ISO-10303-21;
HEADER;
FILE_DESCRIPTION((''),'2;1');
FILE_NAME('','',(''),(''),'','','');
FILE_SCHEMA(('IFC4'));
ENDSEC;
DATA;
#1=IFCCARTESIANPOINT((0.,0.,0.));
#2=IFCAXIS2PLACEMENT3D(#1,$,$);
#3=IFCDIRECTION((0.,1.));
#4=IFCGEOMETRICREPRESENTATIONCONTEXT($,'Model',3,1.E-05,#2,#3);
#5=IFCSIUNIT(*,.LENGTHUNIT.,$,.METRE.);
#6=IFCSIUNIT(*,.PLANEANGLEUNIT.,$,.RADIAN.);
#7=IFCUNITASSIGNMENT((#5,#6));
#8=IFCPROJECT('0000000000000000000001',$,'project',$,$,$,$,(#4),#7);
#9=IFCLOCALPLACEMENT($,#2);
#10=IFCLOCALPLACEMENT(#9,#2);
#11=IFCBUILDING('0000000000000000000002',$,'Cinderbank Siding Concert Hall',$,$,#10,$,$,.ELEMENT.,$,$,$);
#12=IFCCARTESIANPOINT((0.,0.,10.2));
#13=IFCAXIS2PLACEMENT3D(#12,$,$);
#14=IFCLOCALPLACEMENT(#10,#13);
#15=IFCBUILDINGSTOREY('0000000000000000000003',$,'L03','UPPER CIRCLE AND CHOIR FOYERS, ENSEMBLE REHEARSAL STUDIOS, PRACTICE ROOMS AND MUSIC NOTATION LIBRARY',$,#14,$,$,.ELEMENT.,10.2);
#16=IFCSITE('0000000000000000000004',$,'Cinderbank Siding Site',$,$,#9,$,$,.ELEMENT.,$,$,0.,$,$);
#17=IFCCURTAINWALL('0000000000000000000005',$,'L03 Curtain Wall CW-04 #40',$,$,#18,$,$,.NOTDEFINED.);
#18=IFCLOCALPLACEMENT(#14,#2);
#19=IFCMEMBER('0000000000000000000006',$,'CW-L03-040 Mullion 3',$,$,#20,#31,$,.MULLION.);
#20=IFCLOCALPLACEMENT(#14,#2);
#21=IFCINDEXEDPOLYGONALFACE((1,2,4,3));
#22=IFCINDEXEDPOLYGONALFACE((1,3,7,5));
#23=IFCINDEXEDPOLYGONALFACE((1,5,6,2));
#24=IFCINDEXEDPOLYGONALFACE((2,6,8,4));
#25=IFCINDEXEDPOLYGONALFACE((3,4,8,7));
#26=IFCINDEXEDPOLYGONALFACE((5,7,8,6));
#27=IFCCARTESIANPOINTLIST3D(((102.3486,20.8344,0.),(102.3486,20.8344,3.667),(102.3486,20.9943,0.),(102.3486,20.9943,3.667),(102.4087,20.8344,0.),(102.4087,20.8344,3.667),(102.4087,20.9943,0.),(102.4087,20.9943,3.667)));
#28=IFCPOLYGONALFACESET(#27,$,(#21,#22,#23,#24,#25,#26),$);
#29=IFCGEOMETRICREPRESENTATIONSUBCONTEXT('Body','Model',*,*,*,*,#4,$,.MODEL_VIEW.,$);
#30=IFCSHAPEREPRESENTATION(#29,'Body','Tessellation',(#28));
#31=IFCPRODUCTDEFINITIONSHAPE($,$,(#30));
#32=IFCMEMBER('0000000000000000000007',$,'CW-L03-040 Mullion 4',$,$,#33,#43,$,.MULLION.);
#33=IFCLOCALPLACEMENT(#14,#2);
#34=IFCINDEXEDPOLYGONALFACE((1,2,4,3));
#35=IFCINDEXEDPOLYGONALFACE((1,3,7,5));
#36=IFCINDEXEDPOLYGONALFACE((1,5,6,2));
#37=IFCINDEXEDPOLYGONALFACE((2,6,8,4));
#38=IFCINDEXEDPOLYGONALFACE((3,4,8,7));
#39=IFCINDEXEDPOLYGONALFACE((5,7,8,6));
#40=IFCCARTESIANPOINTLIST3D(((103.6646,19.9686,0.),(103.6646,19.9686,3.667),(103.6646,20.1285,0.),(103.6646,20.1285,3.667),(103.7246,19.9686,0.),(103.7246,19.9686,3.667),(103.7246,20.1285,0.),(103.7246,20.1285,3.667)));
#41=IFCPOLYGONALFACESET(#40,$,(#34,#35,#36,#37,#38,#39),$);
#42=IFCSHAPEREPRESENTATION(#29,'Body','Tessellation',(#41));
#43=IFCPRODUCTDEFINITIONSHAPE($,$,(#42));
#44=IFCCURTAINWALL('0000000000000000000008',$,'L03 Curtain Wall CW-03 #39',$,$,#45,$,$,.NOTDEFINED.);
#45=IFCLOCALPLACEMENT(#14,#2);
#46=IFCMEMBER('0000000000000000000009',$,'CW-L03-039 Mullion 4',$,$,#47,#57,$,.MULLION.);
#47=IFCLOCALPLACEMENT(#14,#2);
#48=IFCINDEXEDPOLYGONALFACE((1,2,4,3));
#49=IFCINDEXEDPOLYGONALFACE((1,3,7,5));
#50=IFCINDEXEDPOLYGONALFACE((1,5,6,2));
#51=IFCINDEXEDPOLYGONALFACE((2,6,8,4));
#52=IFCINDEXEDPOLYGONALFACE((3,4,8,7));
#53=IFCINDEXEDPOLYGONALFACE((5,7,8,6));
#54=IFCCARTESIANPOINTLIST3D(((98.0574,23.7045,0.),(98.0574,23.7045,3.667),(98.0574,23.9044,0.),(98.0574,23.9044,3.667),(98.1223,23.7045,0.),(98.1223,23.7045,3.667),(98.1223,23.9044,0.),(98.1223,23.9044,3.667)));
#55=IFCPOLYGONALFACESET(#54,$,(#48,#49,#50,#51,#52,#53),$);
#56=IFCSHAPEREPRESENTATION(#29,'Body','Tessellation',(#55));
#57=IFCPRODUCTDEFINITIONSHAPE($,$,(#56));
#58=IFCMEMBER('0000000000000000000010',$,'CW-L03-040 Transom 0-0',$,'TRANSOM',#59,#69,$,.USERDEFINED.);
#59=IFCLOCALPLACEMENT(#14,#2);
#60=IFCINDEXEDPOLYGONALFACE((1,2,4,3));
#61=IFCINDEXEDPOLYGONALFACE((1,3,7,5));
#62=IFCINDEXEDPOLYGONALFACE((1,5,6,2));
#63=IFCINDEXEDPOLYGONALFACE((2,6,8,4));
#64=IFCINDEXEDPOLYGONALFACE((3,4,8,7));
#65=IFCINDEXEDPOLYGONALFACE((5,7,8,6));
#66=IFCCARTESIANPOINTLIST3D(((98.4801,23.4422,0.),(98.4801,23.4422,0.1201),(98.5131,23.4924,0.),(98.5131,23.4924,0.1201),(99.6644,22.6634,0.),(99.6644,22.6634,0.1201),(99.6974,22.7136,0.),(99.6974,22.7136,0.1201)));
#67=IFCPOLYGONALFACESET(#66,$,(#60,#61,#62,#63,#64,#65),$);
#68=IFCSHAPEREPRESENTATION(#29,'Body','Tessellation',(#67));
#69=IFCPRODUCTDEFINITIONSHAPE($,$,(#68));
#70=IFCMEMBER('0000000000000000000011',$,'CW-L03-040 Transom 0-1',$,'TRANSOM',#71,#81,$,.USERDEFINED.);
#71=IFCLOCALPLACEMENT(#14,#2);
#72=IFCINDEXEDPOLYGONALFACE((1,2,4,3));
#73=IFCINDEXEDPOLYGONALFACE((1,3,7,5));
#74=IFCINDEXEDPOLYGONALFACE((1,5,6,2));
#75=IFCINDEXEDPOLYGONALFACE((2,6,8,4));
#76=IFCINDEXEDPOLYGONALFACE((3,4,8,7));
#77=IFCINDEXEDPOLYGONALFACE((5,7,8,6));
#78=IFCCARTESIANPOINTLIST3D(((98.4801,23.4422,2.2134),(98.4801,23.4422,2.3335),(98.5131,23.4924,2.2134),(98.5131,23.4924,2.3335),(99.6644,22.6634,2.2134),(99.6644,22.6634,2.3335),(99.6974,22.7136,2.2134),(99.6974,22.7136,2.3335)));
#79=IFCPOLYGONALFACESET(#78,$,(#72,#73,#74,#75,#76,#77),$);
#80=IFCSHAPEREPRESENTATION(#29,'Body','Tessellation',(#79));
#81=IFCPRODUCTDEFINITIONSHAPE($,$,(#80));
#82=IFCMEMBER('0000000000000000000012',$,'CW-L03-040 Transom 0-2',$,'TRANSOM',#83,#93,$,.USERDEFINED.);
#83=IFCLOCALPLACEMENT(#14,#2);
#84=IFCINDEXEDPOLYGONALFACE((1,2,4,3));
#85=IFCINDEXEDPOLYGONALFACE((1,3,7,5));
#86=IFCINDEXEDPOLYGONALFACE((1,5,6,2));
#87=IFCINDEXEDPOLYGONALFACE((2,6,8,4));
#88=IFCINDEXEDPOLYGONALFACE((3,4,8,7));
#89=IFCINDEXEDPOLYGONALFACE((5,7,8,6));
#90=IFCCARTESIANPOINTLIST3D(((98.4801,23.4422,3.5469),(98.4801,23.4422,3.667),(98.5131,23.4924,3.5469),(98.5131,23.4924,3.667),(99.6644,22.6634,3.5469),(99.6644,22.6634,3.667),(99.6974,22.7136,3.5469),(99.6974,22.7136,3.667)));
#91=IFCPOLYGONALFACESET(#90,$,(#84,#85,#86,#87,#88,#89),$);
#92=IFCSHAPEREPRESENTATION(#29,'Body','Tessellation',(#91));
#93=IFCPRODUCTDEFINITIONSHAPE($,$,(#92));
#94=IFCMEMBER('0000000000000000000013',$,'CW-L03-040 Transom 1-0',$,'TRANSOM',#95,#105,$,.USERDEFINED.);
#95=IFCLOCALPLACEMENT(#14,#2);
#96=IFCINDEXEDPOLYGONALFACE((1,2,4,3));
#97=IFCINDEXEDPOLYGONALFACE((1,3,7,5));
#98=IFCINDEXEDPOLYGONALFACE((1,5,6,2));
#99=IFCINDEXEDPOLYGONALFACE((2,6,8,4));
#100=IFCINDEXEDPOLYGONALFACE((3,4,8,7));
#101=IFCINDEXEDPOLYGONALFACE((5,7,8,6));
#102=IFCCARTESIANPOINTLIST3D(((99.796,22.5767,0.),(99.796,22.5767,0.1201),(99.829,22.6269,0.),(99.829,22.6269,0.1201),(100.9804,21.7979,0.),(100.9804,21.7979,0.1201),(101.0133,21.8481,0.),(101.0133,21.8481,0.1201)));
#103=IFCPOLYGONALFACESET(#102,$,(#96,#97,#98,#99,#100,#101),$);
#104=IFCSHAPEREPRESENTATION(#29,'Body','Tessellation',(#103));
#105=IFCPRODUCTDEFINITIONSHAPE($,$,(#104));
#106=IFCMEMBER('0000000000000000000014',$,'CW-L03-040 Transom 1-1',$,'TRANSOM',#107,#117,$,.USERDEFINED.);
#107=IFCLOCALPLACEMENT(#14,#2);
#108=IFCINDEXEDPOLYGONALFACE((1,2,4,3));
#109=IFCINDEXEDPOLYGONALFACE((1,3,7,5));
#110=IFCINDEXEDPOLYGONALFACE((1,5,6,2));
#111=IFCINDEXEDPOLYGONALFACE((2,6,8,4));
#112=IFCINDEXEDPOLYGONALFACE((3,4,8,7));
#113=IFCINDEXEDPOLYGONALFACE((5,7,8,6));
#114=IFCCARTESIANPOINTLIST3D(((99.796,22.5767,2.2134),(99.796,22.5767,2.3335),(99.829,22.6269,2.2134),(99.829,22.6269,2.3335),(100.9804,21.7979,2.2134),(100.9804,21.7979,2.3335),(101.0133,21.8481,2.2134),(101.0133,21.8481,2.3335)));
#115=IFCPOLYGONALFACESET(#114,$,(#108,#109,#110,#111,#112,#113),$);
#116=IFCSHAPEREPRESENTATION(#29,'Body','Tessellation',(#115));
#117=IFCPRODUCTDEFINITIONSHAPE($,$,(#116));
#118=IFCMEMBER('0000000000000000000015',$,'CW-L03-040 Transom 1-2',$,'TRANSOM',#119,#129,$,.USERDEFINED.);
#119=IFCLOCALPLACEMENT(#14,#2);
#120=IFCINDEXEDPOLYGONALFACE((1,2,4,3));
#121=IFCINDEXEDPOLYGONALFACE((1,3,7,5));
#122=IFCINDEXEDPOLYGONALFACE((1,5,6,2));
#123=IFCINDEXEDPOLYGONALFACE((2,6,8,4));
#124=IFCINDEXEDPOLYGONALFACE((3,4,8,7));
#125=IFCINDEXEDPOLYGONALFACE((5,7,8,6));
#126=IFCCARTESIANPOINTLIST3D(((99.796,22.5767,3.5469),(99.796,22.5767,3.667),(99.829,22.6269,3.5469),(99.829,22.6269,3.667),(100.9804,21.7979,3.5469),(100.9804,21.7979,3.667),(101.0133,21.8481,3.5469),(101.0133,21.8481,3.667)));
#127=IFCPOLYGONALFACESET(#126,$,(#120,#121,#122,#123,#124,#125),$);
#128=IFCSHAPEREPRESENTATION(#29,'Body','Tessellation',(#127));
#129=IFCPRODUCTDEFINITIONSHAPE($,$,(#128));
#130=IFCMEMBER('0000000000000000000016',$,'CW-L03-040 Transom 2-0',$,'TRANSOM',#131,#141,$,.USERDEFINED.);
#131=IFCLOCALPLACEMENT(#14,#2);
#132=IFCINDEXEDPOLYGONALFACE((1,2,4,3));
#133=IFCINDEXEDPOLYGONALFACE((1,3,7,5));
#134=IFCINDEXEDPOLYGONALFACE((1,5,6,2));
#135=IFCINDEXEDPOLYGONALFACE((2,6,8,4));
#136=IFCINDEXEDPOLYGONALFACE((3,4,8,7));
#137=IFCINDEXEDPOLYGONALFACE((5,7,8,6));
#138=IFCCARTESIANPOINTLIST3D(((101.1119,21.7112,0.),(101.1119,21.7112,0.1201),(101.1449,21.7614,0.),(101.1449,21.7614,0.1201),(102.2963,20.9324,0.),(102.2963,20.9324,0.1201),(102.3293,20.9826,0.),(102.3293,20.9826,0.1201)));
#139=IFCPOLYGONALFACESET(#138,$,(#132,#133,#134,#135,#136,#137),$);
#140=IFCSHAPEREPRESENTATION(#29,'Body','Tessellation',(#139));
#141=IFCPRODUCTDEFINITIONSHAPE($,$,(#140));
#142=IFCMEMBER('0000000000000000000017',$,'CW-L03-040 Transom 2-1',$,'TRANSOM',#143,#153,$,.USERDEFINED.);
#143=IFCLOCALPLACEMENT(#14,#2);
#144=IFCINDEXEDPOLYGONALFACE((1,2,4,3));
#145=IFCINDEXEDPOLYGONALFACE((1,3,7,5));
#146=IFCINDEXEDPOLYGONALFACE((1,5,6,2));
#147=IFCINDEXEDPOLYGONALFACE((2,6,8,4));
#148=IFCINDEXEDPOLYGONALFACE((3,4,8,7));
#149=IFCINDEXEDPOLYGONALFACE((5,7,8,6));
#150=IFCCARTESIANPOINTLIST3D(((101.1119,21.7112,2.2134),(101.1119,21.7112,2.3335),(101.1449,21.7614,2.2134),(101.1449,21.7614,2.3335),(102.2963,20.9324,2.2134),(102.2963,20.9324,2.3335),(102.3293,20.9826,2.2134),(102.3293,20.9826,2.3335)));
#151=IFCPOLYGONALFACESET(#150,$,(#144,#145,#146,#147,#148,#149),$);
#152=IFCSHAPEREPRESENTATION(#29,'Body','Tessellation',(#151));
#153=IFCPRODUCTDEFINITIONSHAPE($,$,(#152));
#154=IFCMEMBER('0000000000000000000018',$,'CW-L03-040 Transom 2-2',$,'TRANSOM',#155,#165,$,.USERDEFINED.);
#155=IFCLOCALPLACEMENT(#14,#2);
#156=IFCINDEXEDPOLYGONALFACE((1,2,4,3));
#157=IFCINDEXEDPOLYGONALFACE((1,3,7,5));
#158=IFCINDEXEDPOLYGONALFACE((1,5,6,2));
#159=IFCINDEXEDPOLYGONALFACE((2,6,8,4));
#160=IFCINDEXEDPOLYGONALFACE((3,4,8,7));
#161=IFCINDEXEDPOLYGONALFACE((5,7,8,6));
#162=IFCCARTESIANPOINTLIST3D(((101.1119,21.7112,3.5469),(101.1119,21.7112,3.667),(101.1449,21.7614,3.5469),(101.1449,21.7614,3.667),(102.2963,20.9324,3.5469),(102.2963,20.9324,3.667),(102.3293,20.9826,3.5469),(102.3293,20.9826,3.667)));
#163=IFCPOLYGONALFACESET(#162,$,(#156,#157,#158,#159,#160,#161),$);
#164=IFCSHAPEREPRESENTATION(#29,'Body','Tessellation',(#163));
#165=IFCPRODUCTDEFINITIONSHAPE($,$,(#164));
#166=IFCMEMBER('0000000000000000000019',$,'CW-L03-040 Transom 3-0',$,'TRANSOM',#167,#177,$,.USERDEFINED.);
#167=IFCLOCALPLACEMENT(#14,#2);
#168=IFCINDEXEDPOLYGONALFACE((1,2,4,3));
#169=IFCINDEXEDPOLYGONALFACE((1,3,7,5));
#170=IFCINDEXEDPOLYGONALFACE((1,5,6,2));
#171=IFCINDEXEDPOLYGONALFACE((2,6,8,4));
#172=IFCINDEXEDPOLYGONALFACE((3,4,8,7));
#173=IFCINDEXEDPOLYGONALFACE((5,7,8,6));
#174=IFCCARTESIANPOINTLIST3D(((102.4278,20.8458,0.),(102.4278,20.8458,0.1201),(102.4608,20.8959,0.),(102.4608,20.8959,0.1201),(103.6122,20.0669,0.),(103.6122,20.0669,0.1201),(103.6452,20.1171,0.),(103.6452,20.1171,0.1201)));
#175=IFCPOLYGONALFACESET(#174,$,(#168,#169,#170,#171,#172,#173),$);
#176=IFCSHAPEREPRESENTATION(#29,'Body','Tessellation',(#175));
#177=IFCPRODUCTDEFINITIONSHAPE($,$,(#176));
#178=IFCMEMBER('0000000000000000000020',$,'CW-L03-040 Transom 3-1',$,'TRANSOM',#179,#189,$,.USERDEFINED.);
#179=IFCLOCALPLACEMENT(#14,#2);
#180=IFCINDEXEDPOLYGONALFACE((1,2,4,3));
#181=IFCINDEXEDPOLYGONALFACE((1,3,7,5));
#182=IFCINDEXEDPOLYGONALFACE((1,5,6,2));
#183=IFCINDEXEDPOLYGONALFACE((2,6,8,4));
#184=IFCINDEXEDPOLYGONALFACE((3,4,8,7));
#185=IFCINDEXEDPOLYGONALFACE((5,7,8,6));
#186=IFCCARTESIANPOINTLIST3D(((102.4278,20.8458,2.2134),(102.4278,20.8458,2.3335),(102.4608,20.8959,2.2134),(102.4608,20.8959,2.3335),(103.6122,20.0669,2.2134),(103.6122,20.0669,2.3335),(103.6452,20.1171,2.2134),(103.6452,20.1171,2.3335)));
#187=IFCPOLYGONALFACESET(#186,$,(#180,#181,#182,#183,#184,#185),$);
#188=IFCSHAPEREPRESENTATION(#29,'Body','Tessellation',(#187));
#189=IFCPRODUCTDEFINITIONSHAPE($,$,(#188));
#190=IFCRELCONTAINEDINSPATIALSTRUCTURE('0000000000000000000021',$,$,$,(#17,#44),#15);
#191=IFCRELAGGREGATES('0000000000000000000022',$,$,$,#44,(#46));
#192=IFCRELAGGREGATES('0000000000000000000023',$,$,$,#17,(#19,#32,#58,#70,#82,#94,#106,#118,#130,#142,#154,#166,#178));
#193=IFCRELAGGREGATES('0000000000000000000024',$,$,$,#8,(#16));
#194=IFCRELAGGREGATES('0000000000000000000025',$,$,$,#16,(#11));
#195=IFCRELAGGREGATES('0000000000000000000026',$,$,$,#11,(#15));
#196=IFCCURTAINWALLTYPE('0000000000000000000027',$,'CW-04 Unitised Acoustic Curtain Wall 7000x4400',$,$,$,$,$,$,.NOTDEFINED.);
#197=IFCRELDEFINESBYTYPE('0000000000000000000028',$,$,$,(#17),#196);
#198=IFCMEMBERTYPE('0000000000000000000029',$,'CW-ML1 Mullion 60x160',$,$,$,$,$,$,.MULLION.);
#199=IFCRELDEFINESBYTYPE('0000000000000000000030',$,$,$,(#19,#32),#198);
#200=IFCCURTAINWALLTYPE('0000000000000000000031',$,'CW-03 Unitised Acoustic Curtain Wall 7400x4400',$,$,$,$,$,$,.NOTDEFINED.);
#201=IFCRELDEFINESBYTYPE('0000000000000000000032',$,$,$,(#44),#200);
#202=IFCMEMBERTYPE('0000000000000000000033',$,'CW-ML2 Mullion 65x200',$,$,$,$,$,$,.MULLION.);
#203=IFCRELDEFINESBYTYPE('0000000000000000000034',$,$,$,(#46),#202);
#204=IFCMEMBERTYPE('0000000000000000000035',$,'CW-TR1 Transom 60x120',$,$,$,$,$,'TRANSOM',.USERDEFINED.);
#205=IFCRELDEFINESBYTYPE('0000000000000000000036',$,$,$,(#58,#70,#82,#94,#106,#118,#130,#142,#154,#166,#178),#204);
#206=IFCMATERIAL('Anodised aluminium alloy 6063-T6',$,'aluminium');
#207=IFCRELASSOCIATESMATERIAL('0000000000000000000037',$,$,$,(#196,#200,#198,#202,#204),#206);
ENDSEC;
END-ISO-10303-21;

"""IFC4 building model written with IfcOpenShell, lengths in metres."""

from ifc_helpers import new_model, si_unit, direction, frame, origin, origin_2d, place, context, subcontext, project, spatial, rectangle, extrude, material, material_profile, profile_set, type_object, element, aggregate, save


model = new_model("IFC4")

# Units and contexts
model_context = context("Model", 3, precision=1e-05, world=origin(), true_north=direction((0.0, 1.0)))
body_context = subcontext(model_context, "Body", "Model", "MODEL_VIEW")
ifc_project = project(units=[si_unit("LENGTHUNIT", "METRE"), si_unit("PLANEANGLEUNIT", "RADIAN")], contexts=[model_context])

# Site, building, storey
site_placement = place(None, origin())
site = spatial("IfcSite", under=ifc_project, at=site_placement, Name="Cinderbank Siding Site", CompositionType="ELEMENT", RefElevation=0.0)
building_placement = place(site_placement, origin())
building = spatial("IfcBuilding", under=site, at=building_placement, Name="Cinderbank Siding Concert Hall", CompositionType="ELEMENT")
storey_placement = place(building_placement, frame((0.0, 0.0, 10.2)))
storey = spatial("IfcBuildingStorey", under=building, at=storey_placement, Name="L03", Description="UPPER CIRCLE AND CHOIR FOYERS, ENSEMBLE REHEARSAL STUDIOS, PRACTICE ROOMS AND MUSIC NOTATION LIBRARY", CompositionType="ELEMENT", Elevation=10.2)

# Curtain wall, members
ifc_material_1 = material(Name="Anodised aluminium alloy 6063-T6", Category="aluminium")
curtain_wall_type_1 = type_object("IfcCurtainWallType", Name="CW-04 Unitised Acoustic Curtain Wall 7000x4400", PredefinedType="NOTDEFINED", material=ifc_material_1)
curtain_wall_1_placement = place(storey_placement, origin())
curtain_wall_1 = element("IfcCurtainWall", 1, at=curtain_wall_1_placement, inside=storey, type_object=curtain_wall_type_1, Name="L03 Curtain Wall CW-04 #40", PredefinedType="NOTDEFINED")
ifc_material_profile_1 = material_profile(ifc_material_1, rectangle(XDim=0.0601, YDim=0.1599, at=origin_2d()), Name="ALU-MULL-60x160", Category="LoadBearing")
ifc_profile_set_1 = profile_set([ifc_material_profile_1], Name="Anodised aluminium alloy 6063-T6")
member_type_1 = type_object("IfcMemberType", Name="CW-ML1 Mullion 60x160", PredefinedType="MULLION", material=ifc_profile_set_1)
member_1_placement = place(storey_placement, frame((102.3787, 20.9143, 0.0), z_axis=(0.0, 0.0, 1.0), x_axis=(1.0, 0.0, 0.0)))
member_1 = element("IfcMember", 2, at=member_1_placement, type_object=member_type_1, Name="CW-L03-040 Mullion 3", PredefinedType="MULLION", context=body_context, shape_type="SweptSolid", body=[
    extrude(rectangle(XDim=0.0601, YDim=0.1599, at=origin_2d()), origin(), (0.0, 0.0, 1.0), 3.667),
])
member_2_placement = place(storey_placement, frame((103.6946, 20.0486, 0.0), z_axis=(0.0, 0.0, 1.0), x_axis=(1.0, 0.0, 0.0)))
member_2 = element("IfcMember", 3, at=member_2_placement, type_object=member_type_1, Name="CW-L03-040 Mullion 4", PredefinedType="MULLION", context=body_context, shape_type="SweptSolid", body=[
    extrude(rectangle(XDim=0.0601, YDim=0.1599, at=origin_2d()), origin(), (0.0, 0.0, 1.0), 3.667),
])

# Curtain wall, member
curtain_wall_type_2 = type_object("IfcCurtainWallType", Name="CW-03 Unitised Acoustic Curtain Wall 7400x4400", PredefinedType="NOTDEFINED", material=ifc_material_1)
curtain_wall_2_placement = place(storey_placement, origin())
curtain_wall_2 = element("IfcCurtainWall", 4, at=curtain_wall_2_placement, inside=storey, type_object=curtain_wall_type_2, Name="L03 Curtain Wall CW-03 #39", PredefinedType="NOTDEFINED")
ifc_material_profile_2 = material_profile(ifc_material_1, rectangle(XDim=0.0649, YDim=0.2, at=origin_2d()), Name="ALU-MULL-65x200", Category="LoadBearing")
ifc_profile_set_2 = profile_set([ifc_material_profile_2], Name="Anodised aluminium alloy 6063-T6")
member_type_2 = type_object("IfcMemberType", Name="CW-ML2 Mullion 65x200", PredefinedType="MULLION", material=ifc_profile_set_2)
member_3_placement = place(storey_placement, frame((98.0898, 23.8044, 0.0), z_axis=(0.0, 0.0, 1.0), x_axis=(1.0, 0.0, 0.0)))
member_3 = element("IfcMember", 5, at=member_3_placement, type_object=member_type_2, Name="CW-L03-039 Mullion 4", PredefinedType="MULLION", context=body_context, shape_type="SweptSolid", body=[
    extrude(rectangle(XDim=0.0649, YDim=0.2, at=origin_2d()), origin(), (0.0, 0.0, 1.0), 3.667),
])
aggregate(curtain_wall_2, [member_3])

# Members
ifc_material_profile_3 = material_profile(ifc_material_1, rectangle(XDim=0.0601, YDim=0.1201, at=origin_2d()), Name="ALU-TRAN-60x120", Category="LoadBearing")
ifc_profile_set_3 = profile_set([ifc_material_profile_3], Name="Anodised aluminium alloy 6063-T6")
member_type_3 = type_object("IfcMemberType", Name="CW-TR1 Transom 60x120", ElementType="TRANSOM", PredefinedType="USERDEFINED", material=ifc_profile_set_3)
member_4_placement = place(storey_placement, frame((98.4966, 23.4673, 0.0601), z_axis=(0.835532, -0.549443, 0.0), x_axis=(0.549443, 0.835532, 0.0)))
member_4 = element("IfcMember", 6, at=member_4_placement, type_object=member_type_3, Name="CW-L03-040 Transom 0-0", ObjectType="TRANSOM", PredefinedType="USERDEFINED", context=body_context, shape_type="SweptSolid", body=[
    extrude(rectangle(XDim=0.0601, YDim=0.1201, at=origin_2d()), origin(), (0.0, 0.0, 1.0), 1.4175),
])
member_5_placement = place(storey_placement, frame((98.4966, 23.4673, 2.2734), z_axis=(0.835532, -0.549443, 0.0), x_axis=(0.549443, 0.835532, 0.0)))
member_5 = element("IfcMember", 7, at=member_5_placement, type_object=member_type_3, Name="CW-L03-040 Transom 0-1", ObjectType="TRANSOM", PredefinedType="USERDEFINED", context=body_context, shape_type="SweptSolid", body=[
    extrude(rectangle(XDim=0.0601, YDim=0.1201, at=origin_2d()), origin(), (0.0, 0.0, 1.0), 1.4175),
])
member_6_placement = place(storey_placement, frame((98.4966, 23.4673, 3.6069), z_axis=(0.835532, -0.549443, 0.0), x_axis=(0.549443, 0.835532, 0.0)))
member_6 = element("IfcMember", 8, at=member_6_placement, type_object=member_type_3, Name="CW-L03-040 Transom 0-2", ObjectType="TRANSOM", PredefinedType="USERDEFINED", context=body_context, shape_type="SweptSolid", body=[
    extrude(rectangle(XDim=0.0601, YDim=0.1201, at=origin_2d()), origin(), (0.0, 0.0, 1.0), 1.4175),
])
member_7_placement = place(storey_placement, frame((99.8125, 22.6018, 0.0601), z_axis=(0.835532, -0.549443, 0.0), x_axis=(0.549443, 0.835532, 0.0)))
member_7 = element("IfcMember", 9, at=member_7_placement, type_object=member_type_3, Name="CW-L03-040 Transom 1-0", ObjectType="TRANSOM", PredefinedType="USERDEFINED", context=body_context, shape_type="SweptSolid", body=[
    extrude(rectangle(XDim=0.0601, YDim=0.1201, at=origin_2d()), origin(), (0.0, 0.0, 1.0), 1.4175),
])
member_8_placement = place(storey_placement, frame((99.8125, 22.6018, 2.2734), z_axis=(0.835532, -0.549443, 0.0), x_axis=(0.549443, 0.835532, 0.0)))
member_8 = element("IfcMember", 10, at=member_8_placement, type_object=member_type_3, Name="CW-L03-040 Transom 1-1", ObjectType="TRANSOM", PredefinedType="USERDEFINED", context=body_context, shape_type="SweptSolid", body=[
    extrude(rectangle(XDim=0.0601, YDim=0.1201, at=origin_2d()), origin(), (0.0, 0.0, 1.0), 1.4175),
])
member_9_placement = place(storey_placement, frame((99.8125, 22.6018, 3.6069), z_axis=(0.835532, -0.549443, 0.0), x_axis=(0.549443, 0.835532, 0.0)))
member_9 = element("IfcMember", 11, at=member_9_placement, type_object=member_type_3, Name="CW-L03-040 Transom 1-2", ObjectType="TRANSOM", PredefinedType="USERDEFINED", context=body_context, shape_type="SweptSolid", body=[
    extrude(rectangle(XDim=0.0601, YDim=0.1201, at=origin_2d()), origin(), (0.0, 0.0, 1.0), 1.4175),
])
member_10_placement = place(storey_placement, frame((101.1284, 21.7363, 0.0601), z_axis=(0.835532, -0.549443, 0.0), x_axis=(0.549443, 0.835532, 0.0)))
member_10 = element("IfcMember", 12, at=member_10_placement, type_object=member_type_3, Name="CW-L03-040 Transom 2-0", ObjectType="TRANSOM", PredefinedType="USERDEFINED", context=body_context, shape_type="SweptSolid", body=[
    extrude(rectangle(XDim=0.0601, YDim=0.1201, at=origin_2d()), origin(), (0.0, 0.0, 1.0), 1.4175),
])
member_11_placement = place(storey_placement, frame((101.1284, 21.7363, 2.2734), z_axis=(0.835532, -0.549443, 0.0), x_axis=(0.549443, 0.835532, 0.0)))
member_11 = element("IfcMember", 13, at=member_11_placement, type_object=member_type_3, Name="CW-L03-040 Transom 2-1", ObjectType="TRANSOM", PredefinedType="USERDEFINED", context=body_context, shape_type="SweptSolid", body=[
    extrude(rectangle(XDim=0.0601, YDim=0.1201, at=origin_2d()), origin(), (0.0, 0.0, 1.0), 1.4175),
])
member_12_placement = place(storey_placement, frame((101.1284, 21.7363, 3.6069), z_axis=(0.835532, -0.549443, 0.0), x_axis=(0.549443, 0.835532, 0.0)))
member_12 = element("IfcMember", 14, at=member_12_placement, type_object=member_type_3, Name="CW-L03-040 Transom 2-2", ObjectType="TRANSOM", PredefinedType="USERDEFINED", context=body_context, shape_type="SweptSolid", body=[
    extrude(rectangle(XDim=0.0601, YDim=0.1201, at=origin_2d()), origin(), (0.0, 0.0, 1.0), 1.4175),
])
member_13_placement = place(storey_placement, frame((102.4443, 20.8708, 0.0601), z_axis=(0.835532, -0.549443, 0.0), x_axis=(0.549443, 0.835532, 0.0)))
member_13 = element("IfcMember", 15, at=member_13_placement, type_object=member_type_3, Name="CW-L03-040 Transom 3-0", ObjectType="TRANSOM", PredefinedType="USERDEFINED", context=body_context, shape_type="SweptSolid", body=[
    extrude(rectangle(XDim=0.0601, YDim=0.1201, at=origin_2d()), origin(), (0.0, 0.0, 1.0), 1.4175),
])
member_14_placement = place(storey_placement, frame((102.4443, 20.8708, 2.2734), z_axis=(0.835532, -0.549443, 0.0), x_axis=(0.549443, 0.835532, 0.0)))
member_14 = element("IfcMember", 16, at=member_14_placement, type_object=member_type_3, Name="CW-L03-040 Transom 3-1", ObjectType="TRANSOM", PredefinedType="USERDEFINED", context=body_context, shape_type="SweptSolid", body=[
    extrude(rectangle(XDim=0.0601, YDim=0.1201, at=origin_2d()), origin(), (0.0, 0.0, 1.0), 1.4175),
])

aggregate(curtain_wall_1, [member_1, member_2, member_4, member_5, member_6, member_7, member_8, member_9, member_10, member_11, member_12, member_13, member_14])

save(model, "model.ifc")
